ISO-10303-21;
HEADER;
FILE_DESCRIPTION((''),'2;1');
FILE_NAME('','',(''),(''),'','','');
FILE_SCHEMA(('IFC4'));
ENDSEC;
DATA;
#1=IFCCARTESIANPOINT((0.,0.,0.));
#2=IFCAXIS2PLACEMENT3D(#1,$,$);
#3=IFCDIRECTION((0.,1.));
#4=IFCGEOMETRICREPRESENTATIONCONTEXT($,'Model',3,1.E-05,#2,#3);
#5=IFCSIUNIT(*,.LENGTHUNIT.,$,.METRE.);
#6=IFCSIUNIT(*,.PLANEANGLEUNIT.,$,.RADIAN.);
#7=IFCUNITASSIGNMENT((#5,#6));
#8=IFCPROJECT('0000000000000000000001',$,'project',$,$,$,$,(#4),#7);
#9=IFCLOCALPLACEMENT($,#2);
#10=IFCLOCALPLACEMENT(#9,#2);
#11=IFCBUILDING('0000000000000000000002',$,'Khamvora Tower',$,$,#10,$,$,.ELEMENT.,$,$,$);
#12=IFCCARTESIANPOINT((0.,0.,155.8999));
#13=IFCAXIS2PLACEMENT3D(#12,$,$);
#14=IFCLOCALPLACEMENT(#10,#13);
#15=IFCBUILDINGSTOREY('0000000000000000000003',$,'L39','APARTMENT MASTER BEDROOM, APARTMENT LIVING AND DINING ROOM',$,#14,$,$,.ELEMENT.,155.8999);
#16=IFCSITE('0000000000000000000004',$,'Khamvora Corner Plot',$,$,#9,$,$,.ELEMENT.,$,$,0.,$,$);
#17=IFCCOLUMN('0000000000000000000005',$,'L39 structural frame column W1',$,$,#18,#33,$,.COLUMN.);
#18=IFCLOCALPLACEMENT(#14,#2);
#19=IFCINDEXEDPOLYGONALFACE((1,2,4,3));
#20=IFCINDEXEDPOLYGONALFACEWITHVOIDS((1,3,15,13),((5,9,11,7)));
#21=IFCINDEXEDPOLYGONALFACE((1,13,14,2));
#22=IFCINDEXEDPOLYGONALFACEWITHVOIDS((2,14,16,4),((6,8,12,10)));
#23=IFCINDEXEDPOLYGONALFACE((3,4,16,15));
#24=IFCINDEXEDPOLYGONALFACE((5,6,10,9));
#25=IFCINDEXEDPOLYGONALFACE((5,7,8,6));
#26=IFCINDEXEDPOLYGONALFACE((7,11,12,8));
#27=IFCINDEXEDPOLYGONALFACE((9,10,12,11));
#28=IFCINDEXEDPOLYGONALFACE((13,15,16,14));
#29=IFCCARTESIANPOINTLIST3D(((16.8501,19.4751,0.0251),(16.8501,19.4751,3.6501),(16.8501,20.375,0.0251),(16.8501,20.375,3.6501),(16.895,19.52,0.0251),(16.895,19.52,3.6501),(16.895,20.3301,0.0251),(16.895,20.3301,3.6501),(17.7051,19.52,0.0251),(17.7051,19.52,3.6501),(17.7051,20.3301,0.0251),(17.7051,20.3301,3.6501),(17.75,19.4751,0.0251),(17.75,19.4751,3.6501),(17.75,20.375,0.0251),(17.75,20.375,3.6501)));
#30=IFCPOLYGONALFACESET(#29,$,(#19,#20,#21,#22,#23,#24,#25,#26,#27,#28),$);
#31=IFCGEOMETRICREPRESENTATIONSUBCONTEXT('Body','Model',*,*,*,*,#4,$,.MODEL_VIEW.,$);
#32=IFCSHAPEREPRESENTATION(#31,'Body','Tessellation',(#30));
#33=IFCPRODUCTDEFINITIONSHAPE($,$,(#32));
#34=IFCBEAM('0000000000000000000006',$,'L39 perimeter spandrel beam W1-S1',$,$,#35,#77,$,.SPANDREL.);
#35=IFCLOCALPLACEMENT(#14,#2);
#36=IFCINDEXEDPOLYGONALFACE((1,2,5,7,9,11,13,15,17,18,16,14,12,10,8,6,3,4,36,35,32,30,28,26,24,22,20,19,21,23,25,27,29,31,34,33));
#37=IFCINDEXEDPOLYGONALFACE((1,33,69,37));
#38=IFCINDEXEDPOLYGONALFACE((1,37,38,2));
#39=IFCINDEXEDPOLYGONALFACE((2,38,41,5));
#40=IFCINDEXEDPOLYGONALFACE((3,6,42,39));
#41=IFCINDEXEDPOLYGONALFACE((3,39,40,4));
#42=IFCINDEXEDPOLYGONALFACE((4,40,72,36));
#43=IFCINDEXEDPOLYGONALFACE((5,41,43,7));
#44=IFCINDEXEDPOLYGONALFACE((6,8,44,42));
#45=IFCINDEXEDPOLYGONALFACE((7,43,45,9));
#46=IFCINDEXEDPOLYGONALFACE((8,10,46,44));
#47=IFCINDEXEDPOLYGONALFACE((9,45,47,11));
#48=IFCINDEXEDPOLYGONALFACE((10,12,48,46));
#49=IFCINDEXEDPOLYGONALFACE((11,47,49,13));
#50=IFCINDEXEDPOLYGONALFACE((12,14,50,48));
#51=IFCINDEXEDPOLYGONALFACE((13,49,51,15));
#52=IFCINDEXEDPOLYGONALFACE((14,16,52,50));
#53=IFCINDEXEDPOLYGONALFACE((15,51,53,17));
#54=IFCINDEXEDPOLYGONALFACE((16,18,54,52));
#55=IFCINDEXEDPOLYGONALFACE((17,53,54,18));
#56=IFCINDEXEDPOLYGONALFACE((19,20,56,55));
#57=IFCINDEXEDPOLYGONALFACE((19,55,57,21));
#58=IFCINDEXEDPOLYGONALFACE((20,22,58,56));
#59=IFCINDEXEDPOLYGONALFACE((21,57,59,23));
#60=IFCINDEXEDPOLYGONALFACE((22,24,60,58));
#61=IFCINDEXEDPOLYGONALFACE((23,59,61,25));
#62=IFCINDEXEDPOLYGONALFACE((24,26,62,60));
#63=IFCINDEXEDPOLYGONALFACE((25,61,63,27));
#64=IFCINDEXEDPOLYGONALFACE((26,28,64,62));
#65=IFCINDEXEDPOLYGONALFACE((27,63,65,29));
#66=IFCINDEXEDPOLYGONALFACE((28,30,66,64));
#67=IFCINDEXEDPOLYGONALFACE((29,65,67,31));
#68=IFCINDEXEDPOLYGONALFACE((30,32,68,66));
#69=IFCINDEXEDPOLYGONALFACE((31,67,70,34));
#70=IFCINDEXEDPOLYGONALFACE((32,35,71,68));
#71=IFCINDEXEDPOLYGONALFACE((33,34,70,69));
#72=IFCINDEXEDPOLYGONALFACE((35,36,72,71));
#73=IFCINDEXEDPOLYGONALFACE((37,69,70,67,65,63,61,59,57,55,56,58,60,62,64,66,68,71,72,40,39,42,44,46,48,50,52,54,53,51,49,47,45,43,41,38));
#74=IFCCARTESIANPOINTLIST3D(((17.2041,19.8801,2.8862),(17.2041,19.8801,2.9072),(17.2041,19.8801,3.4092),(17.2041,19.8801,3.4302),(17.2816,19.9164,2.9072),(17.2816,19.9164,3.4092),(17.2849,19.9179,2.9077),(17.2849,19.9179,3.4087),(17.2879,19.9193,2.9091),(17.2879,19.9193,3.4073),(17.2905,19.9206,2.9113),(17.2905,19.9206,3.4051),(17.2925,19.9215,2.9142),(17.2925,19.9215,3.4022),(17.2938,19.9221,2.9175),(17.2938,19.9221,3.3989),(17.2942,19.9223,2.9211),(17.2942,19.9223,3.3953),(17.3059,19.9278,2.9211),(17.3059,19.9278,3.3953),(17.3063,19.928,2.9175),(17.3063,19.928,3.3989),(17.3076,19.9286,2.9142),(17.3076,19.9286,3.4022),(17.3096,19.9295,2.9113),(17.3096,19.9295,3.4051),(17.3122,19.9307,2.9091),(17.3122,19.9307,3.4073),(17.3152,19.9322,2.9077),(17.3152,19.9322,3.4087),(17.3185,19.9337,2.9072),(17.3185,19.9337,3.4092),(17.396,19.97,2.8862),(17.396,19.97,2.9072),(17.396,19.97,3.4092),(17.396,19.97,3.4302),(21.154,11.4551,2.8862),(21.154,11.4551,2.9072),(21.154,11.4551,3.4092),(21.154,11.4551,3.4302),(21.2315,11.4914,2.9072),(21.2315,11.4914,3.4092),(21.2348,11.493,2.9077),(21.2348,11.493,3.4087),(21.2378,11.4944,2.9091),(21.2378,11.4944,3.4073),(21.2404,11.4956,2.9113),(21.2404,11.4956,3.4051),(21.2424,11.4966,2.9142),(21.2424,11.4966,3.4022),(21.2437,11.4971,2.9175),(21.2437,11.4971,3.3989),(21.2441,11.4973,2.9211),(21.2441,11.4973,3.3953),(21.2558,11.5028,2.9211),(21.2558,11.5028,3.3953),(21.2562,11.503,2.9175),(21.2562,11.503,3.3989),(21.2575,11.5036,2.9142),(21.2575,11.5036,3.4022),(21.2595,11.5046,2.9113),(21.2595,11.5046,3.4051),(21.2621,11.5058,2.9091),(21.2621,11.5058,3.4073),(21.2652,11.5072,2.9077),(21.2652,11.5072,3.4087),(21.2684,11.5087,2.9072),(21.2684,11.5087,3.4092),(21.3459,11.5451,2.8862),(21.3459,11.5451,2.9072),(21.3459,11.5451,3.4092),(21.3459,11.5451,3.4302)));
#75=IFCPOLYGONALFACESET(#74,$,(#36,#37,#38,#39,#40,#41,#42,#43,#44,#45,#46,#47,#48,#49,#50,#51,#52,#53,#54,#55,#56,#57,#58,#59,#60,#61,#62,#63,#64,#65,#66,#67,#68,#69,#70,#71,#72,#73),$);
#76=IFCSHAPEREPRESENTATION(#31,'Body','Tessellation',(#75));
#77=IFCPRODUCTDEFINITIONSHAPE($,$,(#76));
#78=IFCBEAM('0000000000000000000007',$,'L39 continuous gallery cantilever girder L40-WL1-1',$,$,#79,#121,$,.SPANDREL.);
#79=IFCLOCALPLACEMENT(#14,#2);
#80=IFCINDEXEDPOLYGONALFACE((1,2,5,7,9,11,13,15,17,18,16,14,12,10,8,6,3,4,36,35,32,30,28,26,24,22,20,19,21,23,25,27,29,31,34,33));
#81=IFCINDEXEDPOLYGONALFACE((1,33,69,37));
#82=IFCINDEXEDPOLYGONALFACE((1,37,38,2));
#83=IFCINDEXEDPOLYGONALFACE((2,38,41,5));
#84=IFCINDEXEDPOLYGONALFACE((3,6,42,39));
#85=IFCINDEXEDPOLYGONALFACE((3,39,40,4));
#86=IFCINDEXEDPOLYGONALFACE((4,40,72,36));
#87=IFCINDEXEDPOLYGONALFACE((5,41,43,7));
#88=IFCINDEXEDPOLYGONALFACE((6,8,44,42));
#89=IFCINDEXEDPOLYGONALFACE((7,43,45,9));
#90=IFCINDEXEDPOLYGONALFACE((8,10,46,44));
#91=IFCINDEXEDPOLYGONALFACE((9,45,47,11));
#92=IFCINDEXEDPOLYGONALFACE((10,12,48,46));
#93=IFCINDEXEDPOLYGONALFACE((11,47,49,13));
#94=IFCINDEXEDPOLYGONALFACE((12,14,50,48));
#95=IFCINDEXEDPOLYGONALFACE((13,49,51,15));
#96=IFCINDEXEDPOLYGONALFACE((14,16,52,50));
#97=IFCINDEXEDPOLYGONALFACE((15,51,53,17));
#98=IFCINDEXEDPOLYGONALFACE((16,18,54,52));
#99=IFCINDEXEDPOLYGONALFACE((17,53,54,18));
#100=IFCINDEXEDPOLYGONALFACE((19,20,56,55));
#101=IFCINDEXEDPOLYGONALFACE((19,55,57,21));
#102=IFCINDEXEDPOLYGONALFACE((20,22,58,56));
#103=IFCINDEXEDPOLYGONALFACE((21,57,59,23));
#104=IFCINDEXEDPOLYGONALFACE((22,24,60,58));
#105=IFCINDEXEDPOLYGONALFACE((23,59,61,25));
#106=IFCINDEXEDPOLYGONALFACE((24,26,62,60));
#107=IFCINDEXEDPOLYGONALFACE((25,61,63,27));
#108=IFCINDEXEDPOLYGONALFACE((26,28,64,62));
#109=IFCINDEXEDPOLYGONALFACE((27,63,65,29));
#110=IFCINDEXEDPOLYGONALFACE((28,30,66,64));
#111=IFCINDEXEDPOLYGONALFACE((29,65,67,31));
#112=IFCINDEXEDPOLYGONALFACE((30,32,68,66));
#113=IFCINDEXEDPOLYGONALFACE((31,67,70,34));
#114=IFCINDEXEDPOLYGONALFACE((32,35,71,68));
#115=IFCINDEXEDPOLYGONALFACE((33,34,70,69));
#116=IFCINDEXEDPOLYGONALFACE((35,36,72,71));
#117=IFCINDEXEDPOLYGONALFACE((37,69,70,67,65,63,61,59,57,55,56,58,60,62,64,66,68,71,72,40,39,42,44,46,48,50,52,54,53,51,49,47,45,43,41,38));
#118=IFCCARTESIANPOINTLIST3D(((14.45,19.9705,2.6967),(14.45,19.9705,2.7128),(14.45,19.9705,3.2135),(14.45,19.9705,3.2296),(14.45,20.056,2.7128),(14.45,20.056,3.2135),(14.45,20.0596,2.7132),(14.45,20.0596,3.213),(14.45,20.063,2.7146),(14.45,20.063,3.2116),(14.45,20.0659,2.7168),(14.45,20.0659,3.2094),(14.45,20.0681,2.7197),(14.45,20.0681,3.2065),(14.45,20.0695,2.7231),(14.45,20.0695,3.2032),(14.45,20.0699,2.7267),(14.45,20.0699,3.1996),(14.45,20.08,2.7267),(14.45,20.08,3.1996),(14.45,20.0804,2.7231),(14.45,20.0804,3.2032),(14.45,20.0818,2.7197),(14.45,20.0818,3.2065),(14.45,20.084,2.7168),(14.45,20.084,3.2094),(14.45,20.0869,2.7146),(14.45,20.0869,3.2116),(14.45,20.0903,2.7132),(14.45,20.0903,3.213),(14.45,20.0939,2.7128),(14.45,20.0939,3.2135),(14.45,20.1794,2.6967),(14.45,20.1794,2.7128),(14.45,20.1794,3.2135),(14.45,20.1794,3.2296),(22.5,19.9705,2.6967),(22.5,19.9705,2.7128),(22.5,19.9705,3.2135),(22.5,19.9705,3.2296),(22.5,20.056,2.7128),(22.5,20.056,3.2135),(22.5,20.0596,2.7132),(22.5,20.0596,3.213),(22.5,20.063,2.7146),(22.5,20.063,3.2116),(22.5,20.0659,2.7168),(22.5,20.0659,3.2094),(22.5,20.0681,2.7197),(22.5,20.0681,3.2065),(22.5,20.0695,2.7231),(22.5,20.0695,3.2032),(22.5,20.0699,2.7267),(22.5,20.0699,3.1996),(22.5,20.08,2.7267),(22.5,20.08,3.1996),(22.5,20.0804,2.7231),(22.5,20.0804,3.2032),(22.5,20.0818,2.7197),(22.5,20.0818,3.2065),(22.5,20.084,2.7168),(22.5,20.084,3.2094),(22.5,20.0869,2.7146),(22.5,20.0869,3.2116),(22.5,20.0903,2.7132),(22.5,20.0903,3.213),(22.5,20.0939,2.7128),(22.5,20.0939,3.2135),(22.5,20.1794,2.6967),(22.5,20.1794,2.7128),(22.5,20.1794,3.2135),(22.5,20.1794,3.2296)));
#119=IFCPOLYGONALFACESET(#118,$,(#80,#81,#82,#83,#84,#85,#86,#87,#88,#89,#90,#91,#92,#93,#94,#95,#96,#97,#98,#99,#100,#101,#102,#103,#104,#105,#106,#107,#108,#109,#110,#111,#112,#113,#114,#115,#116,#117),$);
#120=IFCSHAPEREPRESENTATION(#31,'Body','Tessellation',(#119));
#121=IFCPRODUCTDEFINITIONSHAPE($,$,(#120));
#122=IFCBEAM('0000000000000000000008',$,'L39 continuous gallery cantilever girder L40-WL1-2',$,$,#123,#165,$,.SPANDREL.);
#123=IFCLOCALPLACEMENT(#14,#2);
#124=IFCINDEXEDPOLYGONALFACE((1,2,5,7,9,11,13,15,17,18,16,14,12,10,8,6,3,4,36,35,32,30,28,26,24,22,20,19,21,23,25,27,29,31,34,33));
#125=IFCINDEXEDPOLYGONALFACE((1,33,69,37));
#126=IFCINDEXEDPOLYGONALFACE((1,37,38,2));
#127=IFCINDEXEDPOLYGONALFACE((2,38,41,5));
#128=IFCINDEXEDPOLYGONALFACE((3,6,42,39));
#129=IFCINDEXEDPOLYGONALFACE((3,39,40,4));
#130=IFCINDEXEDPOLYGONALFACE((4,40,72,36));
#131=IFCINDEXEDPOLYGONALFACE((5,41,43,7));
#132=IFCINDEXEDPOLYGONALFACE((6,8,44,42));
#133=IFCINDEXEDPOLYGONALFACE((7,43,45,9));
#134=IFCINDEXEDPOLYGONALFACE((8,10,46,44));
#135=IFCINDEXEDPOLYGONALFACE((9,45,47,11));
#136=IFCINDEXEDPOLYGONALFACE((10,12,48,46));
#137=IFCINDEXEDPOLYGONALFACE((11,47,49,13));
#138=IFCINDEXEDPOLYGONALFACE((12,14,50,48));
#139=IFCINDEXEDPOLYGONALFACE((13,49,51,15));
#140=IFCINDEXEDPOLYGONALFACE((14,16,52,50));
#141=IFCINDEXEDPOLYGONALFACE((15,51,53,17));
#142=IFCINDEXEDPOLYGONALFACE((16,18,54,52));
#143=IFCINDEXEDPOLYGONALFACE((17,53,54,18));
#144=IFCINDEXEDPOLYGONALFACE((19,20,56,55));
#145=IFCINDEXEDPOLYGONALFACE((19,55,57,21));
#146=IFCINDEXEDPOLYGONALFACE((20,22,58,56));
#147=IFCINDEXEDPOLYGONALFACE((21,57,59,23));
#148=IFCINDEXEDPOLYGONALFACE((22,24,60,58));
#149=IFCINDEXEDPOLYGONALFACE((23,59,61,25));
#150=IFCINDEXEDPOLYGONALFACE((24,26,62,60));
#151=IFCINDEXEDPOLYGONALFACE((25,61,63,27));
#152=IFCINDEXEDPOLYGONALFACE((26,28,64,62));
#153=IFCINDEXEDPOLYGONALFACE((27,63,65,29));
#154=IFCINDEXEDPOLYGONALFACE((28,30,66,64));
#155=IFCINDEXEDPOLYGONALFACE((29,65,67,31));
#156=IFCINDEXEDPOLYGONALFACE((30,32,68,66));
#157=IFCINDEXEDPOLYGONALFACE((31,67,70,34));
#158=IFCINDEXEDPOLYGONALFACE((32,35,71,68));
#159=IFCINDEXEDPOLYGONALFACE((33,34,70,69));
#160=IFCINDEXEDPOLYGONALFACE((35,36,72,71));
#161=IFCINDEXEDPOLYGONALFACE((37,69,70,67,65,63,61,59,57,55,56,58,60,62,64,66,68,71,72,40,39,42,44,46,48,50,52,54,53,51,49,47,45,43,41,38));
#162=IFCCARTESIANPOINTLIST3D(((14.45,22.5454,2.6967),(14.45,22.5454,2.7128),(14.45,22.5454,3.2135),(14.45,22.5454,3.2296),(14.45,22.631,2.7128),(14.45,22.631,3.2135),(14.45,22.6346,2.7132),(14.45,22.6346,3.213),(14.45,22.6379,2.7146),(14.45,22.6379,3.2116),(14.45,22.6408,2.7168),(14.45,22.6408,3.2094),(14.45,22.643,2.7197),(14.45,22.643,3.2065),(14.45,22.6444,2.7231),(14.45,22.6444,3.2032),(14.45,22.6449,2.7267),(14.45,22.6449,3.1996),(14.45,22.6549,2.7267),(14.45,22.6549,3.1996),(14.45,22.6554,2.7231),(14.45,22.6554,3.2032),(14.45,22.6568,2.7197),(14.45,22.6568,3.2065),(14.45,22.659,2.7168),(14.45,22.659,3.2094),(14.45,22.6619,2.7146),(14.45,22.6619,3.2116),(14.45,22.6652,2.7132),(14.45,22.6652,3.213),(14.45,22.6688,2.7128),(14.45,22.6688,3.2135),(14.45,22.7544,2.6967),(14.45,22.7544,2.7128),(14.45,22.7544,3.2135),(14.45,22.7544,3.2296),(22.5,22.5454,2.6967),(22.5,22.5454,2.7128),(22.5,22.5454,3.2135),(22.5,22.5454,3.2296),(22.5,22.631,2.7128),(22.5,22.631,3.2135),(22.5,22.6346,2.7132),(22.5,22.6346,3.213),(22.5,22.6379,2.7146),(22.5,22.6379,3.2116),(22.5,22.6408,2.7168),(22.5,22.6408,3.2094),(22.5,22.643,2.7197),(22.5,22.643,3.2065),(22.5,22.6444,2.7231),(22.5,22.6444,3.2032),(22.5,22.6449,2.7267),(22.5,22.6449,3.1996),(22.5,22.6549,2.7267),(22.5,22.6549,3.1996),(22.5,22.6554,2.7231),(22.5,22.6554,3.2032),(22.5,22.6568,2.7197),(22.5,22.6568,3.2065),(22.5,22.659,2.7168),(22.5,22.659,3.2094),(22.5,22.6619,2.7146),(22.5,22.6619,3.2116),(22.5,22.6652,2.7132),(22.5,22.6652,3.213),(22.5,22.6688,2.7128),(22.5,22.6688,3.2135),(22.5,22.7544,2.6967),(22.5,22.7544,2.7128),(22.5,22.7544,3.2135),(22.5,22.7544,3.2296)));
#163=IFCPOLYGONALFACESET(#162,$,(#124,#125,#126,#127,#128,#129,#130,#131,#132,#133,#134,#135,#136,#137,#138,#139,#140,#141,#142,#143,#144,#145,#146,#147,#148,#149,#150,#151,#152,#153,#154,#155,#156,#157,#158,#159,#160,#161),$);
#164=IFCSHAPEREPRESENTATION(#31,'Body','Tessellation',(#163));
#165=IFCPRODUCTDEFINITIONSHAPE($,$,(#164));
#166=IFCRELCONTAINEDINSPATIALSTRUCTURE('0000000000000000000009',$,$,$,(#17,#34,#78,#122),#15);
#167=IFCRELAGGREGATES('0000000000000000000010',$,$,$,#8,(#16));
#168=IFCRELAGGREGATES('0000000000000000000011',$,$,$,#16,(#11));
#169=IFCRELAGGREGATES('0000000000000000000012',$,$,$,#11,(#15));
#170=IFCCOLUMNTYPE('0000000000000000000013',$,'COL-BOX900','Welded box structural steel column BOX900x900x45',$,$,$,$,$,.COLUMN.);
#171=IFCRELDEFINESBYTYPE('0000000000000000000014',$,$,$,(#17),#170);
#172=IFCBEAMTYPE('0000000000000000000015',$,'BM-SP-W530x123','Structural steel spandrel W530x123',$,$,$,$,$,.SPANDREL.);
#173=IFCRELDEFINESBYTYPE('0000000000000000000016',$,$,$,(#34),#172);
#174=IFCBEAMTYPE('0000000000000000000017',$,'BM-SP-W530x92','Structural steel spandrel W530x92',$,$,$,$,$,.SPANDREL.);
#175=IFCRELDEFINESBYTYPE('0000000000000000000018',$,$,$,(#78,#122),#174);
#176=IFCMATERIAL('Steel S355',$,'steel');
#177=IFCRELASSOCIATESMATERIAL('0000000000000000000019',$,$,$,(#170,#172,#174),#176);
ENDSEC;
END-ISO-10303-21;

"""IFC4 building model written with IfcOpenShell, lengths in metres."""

from ifc_helpers import new_model, si_unit, direction, frame, origin, origin_2d, place, context, subcontext, project, spatial, hollow_rectangle, i_section, extrude, material, material_profile, profile_set, type_object, element, save


model = new_model("IFC4")

# Units and contexts
model_context = context("Model", 3, precision=1e-05, world=origin(), true_north=direction((0.0, 1.0)))
body_context = subcontext(model_context, "Body", "Model", "MODEL_VIEW")
ifc_project = project(units=[si_unit("LENGTHUNIT", "METRE"), si_unit("PLANEANGLEUNIT", "RADIAN")], contexts=[model_context])

# Site, building, storey
site_placement = place(None, origin())
site = spatial("IfcSite", under=ifc_project, at=site_placement, Name="Khamvora Corner Plot", CompositionType="ELEMENT", RefElevation=0.0)
building_placement = place(site_placement, origin())
building = spatial("IfcBuilding", under=site, at=building_placement, Name="Khamvora Tower", CompositionType="ELEMENT")
storey_placement = place(building_placement, frame((0.0, 0.0, 155.8999)))
storey = spatial("IfcBuildingStorey", under=building, at=storey_placement, Name="L39", Description="APARTMENT MASTER BEDROOM, APARTMENT LIVING AND DINING ROOM", CompositionType="ELEMENT", Elevation=155.8999)

# Column
ifc_material_1 = material(Name="Steel S355", Category="steel")
ifc_material_profile_1 = material_profile(ifc_material_1, hollow_rectangle(XDim=0.8999, YDim=0.8999, WallThickness=0.0449, at=origin_2d()), Name="BOX900x900x45")
ifc_profile_set_1 = profile_set([ifc_material_profile_1], Name="Steel S355")
column_type = type_object("IfcColumnType", Name="COL-BOX900", Description="Welded box structural steel column BOX900x900x45", PredefinedType="COLUMN", material=ifc_profile_set_1)
column_placement = place(storey_placement, frame((17.3, 19.925, 0.0251), z_axis=(0.0, 0.0, 1.0), x_axis=(1.0, 0.0, 0.0)))
element("IfcColumn", 1, at=column_placement, inside=storey, type_object=column_type, Name="L39 structural frame column W1", PredefinedType="COLUMN", context=body_context, shape_type="SweptSolid", body=[
    extrude(hollow_rectangle(XDim=0.8999, YDim=0.8999, WallThickness=0.0449, at=origin_2d()), origin(), (0.0, 0.0, 1.0), 3.625),
])

# Beams
ifc_material_profile_2 = material_profile(ifc_material_1, i_section(OverallWidth=0.2119, OverallDepth=0.5439, WebThickness=0.0129, FlangeThickness=0.021, FilletRadius=0.0139, at=origin_2d()), Name="W530x123")
ifc_profile_set_2 = profile_set([ifc_material_profile_2], Name="Steel S355")
beam_type_1 = type_object("IfcBeamType", Name="BM-SP-W530x123", Description="Structural steel spandrel W530x123", PredefinedType="SPANDREL", material=ifc_profile_set_2)
beam_1_placement = place(storey_placement, frame((17.3, 19.925, 3.1582), z_axis=(0.424496, -0.90543, 0.0), x_axis=(0.90543, 0.424496, 0.0)))
element("IfcBeam", 2, at=beam_1_placement, inside=storey, type_object=beam_type_1, Name="L39 perimeter spandrel beam W1-S1", PredefinedType="SPANDREL", context=body_context, shape_type="SweptSolid", body=[
    extrude(i_section(OverallWidth=0.2119, OverallDepth=0.5439, WebThickness=0.0129, FlangeThickness=0.021, FilletRadius=0.0139, at=origin_2d()), origin(), (0.0, 0.0, 1.0), 9.3049),
])
ifc_material_profile_3 = material_profile(ifc_material_1, i_section(OverallWidth=0.209, OverallDepth=0.533, WebThickness=0.01, FlangeThickness=0.0161, FilletRadius=0.0139, at=origin_2d()), Name="W530x92")
ifc_profile_set_3 = profile_set([ifc_material_profile_3], Name="Steel S355")
beam_type_2 = type_object("IfcBeamType", Name="BM-SP-W530x92", Description="Structural steel spandrel W530x92", PredefinedType="SPANDREL", material=ifc_profile_set_3)
for number, where, z_axis, x_axis, name in (
    (3, (22.5, 20.075, 2.9631), (-1.0, 0.0, 0.0), (0.0, -1.0, 0.0), "L39 continuous gallery cantilever girder L40-WL1-1"),
    (4, (22.5, 22.6499, 2.9631), (-1.0, 0.0, 0.0), (0.0, -1.0, 0.0), "L39 continuous gallery cantilever girder L40-WL1-2"),
):
    element("IfcBeam", number, at=place(storey_placement, frame(where, z_axis=z_axis, x_axis=x_axis)), inside=storey, type_object=beam_type_2, Name=name, PredefinedType="SPANDREL", context=body_context, shape_type="SweptSolid", body=[
        extrude(i_section(OverallWidth=0.209, OverallDepth=0.533, WebThickness=0.01, FlangeThickness=0.0161, FilletRadius=0.0139, at=origin_2d()), origin(), (0.0, 0.0, 1.0), 8.05),
    ])

save(model, "model.ifc")
